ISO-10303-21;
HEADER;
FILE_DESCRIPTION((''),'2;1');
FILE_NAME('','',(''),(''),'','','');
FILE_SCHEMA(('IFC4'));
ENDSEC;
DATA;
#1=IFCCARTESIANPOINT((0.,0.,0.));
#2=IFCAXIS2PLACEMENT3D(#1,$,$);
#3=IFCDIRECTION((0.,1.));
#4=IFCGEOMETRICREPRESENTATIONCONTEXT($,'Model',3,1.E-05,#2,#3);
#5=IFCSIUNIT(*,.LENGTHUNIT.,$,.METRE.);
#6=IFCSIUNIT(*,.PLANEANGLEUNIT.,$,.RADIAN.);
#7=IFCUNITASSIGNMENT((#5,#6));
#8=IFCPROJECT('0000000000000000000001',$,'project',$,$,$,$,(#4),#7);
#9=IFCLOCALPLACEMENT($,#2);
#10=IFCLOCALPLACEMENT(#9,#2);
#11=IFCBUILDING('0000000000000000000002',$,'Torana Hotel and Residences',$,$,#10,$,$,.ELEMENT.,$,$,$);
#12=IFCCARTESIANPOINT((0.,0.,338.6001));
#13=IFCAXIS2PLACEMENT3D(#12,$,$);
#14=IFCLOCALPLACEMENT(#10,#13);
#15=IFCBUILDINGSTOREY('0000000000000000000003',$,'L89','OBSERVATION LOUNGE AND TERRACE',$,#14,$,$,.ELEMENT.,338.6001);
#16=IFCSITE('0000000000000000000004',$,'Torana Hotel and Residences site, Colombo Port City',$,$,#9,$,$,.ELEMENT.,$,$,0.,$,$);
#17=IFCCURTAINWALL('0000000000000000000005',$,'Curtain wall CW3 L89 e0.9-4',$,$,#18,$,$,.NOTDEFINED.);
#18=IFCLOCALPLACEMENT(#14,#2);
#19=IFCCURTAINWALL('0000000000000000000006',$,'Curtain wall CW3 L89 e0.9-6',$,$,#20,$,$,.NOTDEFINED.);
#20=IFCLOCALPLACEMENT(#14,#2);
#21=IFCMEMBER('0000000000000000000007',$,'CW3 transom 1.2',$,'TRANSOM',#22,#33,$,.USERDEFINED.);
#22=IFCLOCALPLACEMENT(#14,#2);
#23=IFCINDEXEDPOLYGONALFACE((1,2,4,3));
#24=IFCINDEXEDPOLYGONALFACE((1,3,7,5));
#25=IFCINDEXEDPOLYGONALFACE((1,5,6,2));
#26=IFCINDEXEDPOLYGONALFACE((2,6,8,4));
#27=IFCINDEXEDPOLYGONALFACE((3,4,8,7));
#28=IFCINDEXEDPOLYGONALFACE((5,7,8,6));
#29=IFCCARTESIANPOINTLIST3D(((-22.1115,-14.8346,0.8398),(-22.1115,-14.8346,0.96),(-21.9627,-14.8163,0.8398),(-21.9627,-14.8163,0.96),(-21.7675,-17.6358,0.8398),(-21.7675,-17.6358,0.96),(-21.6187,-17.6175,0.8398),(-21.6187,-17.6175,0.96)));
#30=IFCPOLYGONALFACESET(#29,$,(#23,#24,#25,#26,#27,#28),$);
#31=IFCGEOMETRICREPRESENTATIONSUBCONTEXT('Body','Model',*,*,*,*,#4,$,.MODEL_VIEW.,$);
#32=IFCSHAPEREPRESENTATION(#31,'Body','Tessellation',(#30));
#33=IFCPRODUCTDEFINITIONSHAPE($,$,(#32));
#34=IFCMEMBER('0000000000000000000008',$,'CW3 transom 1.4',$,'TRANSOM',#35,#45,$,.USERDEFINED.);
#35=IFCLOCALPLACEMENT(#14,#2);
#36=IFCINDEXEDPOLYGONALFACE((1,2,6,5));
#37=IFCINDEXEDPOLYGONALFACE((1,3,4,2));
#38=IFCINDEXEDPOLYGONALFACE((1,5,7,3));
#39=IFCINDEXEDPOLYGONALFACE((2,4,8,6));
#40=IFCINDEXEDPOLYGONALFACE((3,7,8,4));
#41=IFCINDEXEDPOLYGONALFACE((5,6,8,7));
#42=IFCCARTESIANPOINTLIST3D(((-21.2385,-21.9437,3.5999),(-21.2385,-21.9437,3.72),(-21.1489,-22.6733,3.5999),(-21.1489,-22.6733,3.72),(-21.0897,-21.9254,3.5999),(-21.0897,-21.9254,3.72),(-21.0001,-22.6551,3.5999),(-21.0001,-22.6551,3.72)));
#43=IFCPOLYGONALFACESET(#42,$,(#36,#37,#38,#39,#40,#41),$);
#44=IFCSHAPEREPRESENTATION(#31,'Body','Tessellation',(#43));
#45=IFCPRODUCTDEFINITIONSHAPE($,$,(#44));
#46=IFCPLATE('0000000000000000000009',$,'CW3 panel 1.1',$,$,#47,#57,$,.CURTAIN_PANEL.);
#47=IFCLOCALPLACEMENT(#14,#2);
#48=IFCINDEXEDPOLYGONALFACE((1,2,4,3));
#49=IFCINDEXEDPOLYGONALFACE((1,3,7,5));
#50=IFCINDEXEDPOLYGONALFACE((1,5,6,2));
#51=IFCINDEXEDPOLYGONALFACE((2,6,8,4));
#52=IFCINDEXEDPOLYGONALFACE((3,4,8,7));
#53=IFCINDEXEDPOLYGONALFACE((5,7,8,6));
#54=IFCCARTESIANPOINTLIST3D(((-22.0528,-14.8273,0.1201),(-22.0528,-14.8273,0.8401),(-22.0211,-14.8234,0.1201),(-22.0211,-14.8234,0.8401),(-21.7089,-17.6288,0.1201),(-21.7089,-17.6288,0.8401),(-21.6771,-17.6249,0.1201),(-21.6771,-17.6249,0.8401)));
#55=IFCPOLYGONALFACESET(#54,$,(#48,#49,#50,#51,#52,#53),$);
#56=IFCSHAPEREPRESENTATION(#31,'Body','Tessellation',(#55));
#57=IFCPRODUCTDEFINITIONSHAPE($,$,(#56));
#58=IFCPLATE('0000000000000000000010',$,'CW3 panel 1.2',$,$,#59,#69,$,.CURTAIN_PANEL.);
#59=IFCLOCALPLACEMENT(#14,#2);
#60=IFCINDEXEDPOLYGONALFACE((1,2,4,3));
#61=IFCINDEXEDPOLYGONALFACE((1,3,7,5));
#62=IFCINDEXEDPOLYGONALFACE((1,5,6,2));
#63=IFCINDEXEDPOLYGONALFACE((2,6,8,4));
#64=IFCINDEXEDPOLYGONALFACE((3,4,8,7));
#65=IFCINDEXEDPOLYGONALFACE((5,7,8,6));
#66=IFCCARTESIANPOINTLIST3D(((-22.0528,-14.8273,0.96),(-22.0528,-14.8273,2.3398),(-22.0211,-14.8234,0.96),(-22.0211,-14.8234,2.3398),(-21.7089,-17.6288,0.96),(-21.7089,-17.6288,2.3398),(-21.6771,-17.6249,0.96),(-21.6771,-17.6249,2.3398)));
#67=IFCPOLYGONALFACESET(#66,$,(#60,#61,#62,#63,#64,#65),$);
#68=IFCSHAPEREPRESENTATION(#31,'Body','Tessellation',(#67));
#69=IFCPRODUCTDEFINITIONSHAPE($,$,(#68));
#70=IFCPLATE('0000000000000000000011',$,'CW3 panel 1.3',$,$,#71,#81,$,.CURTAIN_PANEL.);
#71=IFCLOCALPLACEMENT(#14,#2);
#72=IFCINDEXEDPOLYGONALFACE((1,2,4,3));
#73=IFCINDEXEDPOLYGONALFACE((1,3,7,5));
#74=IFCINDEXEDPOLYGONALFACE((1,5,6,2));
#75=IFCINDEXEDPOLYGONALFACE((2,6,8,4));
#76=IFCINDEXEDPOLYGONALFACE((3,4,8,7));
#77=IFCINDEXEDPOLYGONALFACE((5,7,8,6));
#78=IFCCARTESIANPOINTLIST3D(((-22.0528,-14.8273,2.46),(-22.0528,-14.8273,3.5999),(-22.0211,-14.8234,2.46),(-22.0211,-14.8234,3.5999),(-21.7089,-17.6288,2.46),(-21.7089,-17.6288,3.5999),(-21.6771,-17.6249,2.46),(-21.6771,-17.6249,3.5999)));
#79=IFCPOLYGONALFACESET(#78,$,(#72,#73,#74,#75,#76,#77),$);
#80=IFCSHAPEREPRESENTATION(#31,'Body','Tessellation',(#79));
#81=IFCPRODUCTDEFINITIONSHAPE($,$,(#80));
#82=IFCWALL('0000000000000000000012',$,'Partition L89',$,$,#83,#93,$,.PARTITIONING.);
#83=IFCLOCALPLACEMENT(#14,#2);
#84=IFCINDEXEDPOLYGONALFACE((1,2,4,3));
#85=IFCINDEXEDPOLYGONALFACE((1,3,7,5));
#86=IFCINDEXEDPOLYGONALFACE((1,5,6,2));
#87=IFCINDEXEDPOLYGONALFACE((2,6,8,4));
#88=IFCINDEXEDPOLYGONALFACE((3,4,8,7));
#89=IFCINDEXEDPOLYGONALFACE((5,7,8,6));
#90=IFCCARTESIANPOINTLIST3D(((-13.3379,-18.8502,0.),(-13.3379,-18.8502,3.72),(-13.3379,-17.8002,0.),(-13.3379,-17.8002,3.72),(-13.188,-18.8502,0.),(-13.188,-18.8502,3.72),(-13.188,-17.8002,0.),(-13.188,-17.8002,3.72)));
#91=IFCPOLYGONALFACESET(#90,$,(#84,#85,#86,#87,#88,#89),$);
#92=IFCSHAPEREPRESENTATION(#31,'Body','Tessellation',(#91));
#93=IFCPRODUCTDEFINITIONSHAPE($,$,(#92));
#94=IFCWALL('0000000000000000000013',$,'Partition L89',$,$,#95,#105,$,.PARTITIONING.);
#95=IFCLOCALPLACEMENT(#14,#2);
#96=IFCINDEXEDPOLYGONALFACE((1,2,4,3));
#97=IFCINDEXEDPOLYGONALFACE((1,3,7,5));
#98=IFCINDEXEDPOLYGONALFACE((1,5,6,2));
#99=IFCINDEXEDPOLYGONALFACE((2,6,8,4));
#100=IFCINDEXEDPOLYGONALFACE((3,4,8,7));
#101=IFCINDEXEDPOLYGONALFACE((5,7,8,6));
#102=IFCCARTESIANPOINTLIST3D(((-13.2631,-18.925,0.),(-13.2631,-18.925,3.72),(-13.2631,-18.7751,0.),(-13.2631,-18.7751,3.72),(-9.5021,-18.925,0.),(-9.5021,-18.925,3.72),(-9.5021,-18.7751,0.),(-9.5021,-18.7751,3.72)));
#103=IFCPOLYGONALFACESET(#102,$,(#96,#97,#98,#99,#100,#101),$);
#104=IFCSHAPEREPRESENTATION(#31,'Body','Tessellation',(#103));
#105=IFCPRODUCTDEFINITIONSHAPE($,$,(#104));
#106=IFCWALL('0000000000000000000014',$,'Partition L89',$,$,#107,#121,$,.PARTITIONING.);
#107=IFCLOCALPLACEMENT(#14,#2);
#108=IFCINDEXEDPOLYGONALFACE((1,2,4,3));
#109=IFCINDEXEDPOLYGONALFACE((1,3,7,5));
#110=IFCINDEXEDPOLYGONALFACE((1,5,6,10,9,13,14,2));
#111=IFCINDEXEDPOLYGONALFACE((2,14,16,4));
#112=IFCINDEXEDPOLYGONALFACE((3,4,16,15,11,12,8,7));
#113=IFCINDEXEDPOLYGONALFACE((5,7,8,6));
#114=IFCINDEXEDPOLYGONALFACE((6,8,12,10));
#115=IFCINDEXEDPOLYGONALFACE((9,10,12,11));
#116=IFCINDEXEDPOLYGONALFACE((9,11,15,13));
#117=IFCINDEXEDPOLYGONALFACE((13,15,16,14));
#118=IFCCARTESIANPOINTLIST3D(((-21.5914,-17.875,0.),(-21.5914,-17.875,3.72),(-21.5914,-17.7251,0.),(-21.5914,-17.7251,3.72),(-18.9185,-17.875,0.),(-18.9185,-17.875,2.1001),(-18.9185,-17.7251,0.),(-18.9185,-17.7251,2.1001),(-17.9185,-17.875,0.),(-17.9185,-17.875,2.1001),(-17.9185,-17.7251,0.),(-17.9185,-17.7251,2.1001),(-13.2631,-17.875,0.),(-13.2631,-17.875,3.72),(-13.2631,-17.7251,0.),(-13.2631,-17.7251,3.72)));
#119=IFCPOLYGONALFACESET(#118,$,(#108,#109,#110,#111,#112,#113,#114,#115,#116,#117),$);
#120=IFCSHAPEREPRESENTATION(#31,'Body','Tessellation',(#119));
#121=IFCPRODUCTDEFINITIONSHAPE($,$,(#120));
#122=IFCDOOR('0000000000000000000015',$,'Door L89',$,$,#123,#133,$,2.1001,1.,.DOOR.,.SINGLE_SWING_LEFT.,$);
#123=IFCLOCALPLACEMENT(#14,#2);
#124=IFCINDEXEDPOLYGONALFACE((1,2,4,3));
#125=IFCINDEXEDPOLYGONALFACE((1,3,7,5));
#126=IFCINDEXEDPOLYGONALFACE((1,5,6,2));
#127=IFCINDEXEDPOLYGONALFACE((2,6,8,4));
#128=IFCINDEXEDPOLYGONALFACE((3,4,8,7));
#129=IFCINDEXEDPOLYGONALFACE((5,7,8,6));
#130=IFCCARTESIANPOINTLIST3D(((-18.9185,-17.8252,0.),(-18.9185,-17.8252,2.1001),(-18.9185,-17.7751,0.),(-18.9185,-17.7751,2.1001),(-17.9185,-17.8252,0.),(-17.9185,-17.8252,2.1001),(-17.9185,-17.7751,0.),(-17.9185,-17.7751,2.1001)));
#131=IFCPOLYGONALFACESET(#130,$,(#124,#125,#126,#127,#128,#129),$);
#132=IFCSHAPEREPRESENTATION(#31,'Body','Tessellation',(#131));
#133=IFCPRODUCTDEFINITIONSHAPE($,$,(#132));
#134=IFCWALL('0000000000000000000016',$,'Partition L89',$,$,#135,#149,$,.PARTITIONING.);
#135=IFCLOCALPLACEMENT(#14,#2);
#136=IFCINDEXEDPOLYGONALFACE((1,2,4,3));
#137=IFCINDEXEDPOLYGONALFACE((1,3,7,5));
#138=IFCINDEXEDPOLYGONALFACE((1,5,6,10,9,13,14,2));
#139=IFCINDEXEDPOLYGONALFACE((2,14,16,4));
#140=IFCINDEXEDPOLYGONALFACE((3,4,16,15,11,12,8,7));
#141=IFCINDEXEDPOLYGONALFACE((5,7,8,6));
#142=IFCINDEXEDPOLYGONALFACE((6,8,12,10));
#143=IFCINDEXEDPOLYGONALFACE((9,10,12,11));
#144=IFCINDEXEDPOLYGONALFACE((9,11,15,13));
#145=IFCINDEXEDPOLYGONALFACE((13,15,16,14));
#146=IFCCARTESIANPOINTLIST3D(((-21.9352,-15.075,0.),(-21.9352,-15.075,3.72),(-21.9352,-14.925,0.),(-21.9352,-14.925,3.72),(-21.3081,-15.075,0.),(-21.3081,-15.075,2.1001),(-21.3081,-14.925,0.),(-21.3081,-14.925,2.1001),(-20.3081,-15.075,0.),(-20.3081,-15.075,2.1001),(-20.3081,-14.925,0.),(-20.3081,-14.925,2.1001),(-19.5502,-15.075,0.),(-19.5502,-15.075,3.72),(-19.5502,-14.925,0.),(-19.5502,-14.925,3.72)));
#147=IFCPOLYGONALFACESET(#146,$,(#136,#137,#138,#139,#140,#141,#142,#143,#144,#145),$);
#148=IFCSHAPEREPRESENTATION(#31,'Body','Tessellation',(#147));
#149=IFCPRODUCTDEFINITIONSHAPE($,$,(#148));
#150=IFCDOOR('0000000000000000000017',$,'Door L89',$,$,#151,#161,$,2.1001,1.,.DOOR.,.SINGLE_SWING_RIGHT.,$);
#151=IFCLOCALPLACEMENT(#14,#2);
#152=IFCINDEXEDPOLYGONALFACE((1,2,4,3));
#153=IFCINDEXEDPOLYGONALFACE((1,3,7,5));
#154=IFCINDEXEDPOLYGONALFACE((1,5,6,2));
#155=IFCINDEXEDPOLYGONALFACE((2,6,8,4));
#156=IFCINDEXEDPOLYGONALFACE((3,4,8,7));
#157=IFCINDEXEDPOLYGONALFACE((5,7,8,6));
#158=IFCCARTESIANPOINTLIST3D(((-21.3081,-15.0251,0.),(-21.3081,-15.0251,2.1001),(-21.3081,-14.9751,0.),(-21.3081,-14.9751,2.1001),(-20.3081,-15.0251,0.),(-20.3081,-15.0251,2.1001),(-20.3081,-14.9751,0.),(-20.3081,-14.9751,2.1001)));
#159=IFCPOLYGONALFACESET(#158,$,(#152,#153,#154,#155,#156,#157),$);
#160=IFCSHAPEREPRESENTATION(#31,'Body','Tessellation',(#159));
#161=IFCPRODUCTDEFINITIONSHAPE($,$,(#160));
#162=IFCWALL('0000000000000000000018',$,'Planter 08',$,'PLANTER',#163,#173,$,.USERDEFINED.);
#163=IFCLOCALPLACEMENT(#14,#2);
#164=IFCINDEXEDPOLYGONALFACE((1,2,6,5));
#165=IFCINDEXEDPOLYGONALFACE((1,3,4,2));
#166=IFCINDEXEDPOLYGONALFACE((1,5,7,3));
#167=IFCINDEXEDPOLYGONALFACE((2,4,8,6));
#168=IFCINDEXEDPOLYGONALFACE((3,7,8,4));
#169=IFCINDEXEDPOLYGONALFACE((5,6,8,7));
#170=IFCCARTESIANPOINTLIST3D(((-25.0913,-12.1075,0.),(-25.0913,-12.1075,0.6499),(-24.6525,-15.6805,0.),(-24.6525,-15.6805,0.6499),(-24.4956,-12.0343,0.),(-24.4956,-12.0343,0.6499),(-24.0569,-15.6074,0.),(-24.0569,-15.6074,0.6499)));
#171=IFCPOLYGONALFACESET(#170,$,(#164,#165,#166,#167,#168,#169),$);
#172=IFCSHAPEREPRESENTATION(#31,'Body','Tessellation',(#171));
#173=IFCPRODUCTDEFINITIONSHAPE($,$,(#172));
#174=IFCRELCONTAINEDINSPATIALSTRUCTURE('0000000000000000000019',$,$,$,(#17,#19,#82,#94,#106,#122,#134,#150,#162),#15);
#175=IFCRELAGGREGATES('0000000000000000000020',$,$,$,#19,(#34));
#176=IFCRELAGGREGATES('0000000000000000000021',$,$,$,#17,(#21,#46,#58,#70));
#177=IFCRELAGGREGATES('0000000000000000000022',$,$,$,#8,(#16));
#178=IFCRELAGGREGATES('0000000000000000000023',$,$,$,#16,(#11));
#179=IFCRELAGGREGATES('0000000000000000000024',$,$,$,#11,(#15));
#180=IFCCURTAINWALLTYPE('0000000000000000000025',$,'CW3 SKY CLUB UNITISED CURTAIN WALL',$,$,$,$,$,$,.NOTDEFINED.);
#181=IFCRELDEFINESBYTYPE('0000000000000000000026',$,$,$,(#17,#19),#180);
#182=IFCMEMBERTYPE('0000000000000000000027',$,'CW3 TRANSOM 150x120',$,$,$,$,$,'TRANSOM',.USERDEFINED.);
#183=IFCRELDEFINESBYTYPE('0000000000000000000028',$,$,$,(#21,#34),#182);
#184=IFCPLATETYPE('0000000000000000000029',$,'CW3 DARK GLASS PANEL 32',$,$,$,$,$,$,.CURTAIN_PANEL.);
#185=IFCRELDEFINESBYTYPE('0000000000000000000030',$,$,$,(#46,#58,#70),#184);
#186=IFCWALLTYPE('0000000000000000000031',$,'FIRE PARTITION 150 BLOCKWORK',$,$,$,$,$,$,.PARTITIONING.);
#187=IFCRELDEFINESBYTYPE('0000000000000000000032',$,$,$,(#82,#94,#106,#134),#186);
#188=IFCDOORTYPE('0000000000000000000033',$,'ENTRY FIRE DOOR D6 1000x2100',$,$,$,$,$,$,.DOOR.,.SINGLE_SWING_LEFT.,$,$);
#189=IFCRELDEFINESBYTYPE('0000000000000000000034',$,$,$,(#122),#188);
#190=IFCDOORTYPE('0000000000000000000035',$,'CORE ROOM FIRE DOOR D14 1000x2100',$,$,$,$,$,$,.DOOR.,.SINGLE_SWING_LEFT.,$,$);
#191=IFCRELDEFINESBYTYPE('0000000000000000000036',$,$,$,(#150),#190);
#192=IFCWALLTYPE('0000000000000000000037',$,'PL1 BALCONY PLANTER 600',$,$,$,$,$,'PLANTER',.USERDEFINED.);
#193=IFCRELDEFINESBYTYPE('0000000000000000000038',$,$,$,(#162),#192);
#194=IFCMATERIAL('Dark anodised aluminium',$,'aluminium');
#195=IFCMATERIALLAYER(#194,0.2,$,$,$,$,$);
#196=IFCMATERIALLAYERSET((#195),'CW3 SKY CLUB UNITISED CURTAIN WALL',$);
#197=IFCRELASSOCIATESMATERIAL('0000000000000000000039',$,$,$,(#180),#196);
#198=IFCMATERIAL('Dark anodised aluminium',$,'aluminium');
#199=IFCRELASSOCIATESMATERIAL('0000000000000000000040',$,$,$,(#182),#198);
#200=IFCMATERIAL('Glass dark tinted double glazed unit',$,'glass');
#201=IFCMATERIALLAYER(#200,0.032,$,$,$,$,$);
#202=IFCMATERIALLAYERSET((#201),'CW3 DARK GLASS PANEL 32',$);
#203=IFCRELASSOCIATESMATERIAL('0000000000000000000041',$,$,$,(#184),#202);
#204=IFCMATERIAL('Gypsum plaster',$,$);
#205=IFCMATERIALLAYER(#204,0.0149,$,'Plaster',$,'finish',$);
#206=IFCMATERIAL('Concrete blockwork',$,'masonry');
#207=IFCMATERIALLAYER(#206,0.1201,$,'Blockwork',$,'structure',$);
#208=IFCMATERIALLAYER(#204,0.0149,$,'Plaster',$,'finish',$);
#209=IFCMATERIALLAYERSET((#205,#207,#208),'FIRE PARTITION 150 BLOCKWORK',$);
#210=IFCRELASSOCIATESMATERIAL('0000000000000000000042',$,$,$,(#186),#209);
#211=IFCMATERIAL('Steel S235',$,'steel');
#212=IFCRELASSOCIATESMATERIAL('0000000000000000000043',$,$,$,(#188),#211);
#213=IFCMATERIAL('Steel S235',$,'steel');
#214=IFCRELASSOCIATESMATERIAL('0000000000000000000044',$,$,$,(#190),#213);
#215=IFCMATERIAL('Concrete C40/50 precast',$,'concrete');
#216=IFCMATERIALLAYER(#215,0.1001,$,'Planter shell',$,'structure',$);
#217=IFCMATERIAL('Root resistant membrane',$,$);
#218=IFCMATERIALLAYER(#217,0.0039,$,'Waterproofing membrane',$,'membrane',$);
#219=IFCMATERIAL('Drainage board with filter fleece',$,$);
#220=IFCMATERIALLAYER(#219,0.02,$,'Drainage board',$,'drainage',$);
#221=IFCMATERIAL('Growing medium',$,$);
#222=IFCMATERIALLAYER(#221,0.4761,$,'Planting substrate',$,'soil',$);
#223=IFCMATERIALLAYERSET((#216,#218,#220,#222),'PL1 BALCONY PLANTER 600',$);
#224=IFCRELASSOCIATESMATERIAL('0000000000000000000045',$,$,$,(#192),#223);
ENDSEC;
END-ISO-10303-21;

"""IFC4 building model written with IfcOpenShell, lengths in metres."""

from ifc_helpers import new_model, si_unit, direction, frame, frame_2d, origin, origin_2d, place, context, subcontext, project, spatial, rectangle, extrude, material, layer, layer_set, material_profile, profile_set, type_object, element, fill, aggregate, save


model = new_model("IFC4")

# Units and contexts
model_context = context("Model", 3, precision=1e-05, world=origin(), true_north=direction((0.0, 1.0)))
body_context = subcontext(model_context, "Body", "Model", "MODEL_VIEW")
ifc_project = project(units=[si_unit("LENGTHUNIT", "METRE"), si_unit("PLANEANGLEUNIT", "RADIAN")], contexts=[model_context])

# Site, building, storey
site_placement = place(None, origin())
site = spatial("IfcSite", under=ifc_project, at=site_placement, Name="Torana Hotel and Residences site, Colombo Port City", CompositionType="ELEMENT", RefElevation=0.0)
building_placement = place(site_placement, origin())
building = spatial("IfcBuilding", under=site, at=building_placement, Name="Torana Hotel and Residences", CompositionType="ELEMENT")
storey_placement = place(building_placement, frame((0.0, 0.0, 338.6001)))
storey = spatial("IfcBuildingStorey", under=building, at=storey_placement, Name="L89", Description="OBSERVATION LOUNGE AND TERRACE", CompositionType="ELEMENT", Elevation=338.6001)

# Curtain walls
ifc_material_1 = material(Name="Dark anodised aluminium", Category="aluminium")
ifc_layer_1 = layer(ifc_material_1, 0.2)
ifc_layer_set_1 = layer_set([ifc_layer_1], Name="CW3 SKY CLUB UNITISED CURTAIN WALL")
curtain_wall_type = type_object("IfcCurtainWallType", Name="CW3 SKY CLUB UNITISED CURTAIN WALL", PredefinedType="NOTDEFINED", material=ifc_layer_set_1)
curtain_wall_1_placement = place(storey_placement, origin())
curtain_wall_1 = element("IfcCurtainWall", 1, at=curtain_wall_1_placement, inside=storey, type_object=curtain_wall_type, Name="Curtain wall CW3 L89 e0.9-4", PredefinedType="NOTDEFINED")
curtain_wall_2_placement = place(storey_placement, origin())
curtain_wall_2 = element("IfcCurtainWall", 2, at=curtain_wall_2_placement, inside=storey, type_object=curtain_wall_type, Name="Curtain wall CW3 L89 e0.9-6", PredefinedType="NOTDEFINED")

# Members
ifc_material_2 = material(Name="Dark anodised aluminium", Category="aluminium")
ifc_material_profile_1 = material_profile(ifc_material_2, rectangle(XDim=0.1499, YDim=0.1201, at=origin_2d()), Name="CW3 TRANSOM 150x120")
ifc_profile_set_1 = profile_set([ifc_material_profile_1], Name="Dark anodised aluminium")
member_type_1 = type_object("IfcMemberType", Name="CW3 TRANSOM 150x120", ElementType="TRANSOM", PredefinedType="USERDEFINED", material=ifc_profile_set_1)
member_1_placement = place(storey_placement, frame((-22.0371, -14.8254, 0.8999), z_axis=(0.121884, -0.992544, 0.0), x_axis=(0.992544, 0.121884, 0.0)))
member_1 = element("IfcMember", 3, at=member_1_placement, type_object=member_type_1, Name="CW3 transom 1.2", ObjectType="TRANSOM", PredefinedType="USERDEFINED", context=body_context, shape_type="SweptSolid", body=[
    extrude(rectangle(XDim=0.1499, YDim=0.1201, at=origin_2d()), origin(), (0.0, 0.0, 1.0), 2.8223),
])
member_2_placement = place(storey_placement, frame((-21.1641, -21.9346, 3.6599), z_axis=(0.121868, -0.992546, 0.0), x_axis=(0.992546, 0.121868, 0.0)))
member_2 = element("IfcMember", 4, at=member_2_placement, type_object=member_type_1, Name="CW3 transom 1.4", ObjectType="TRANSOM", PredefinedType="USERDEFINED", context=body_context, shape_type="SweptSolid", body=[
    extrude(rectangle(XDim=0.1499, YDim=0.1201, at=origin_2d()), origin(), (0.0, 0.0, 1.0), 0.7351),
])
aggregate(curtain_wall_2, [member_2])

# Plates
ifc_material_3 = material(Name="Glass dark tinted double glazed unit", Category="glass")
ifc_layer_2 = layer(ifc_material_3, 0.032)
ifc_layer_set_2 = layer_set([ifc_layer_2], Name="CW3 DARK GLASS PANEL 32")
plate_type = type_object("IfcPlateType", Name="CW3 DARK GLASS PANEL 32", PredefinedType="CURTAIN_PANEL", material=ifc_layer_set_2)
plate_1_placement = place(storey_placement, frame((-21.865, -16.2261, 0.1201), z_axis=(0.0, 0.0, 1.0), x_axis=(0.121857, -0.992548, 0.0)))
plate_1 = element("IfcPlate", 5, at=plate_1_placement, type_object=plate_type, Name="CW3 panel 1.1", PredefinedType="CURTAIN_PANEL", context=body_context, shape_type="SweptSolid", body=[
    extrude(rectangle(XDim=2.8225, YDim=0.032, at=origin_2d()), origin(), (0.0, 0.0, 1.0), 0.72),
])
plate_2_placement = place(storey_placement, frame((-21.865, -16.2261, 0.96), z_axis=(0.0, 0.0, 1.0), x_axis=(0.121857, -0.992548, 0.0)))
plate_2 = element("IfcPlate", 6, at=plate_2_placement, type_object=plate_type, Name="CW3 panel 1.2", PredefinedType="CURTAIN_PANEL", context=body_context, shape_type="SweptSolid", body=[
    extrude(rectangle(XDim=2.8225, YDim=0.032, at=origin_2d()), origin(), (0.0, 0.0, 1.0), 1.3799),
])
plate_3_placement = place(storey_placement, frame((-21.865, -16.2261, 2.46), z_axis=(0.0, 0.0, 1.0), x_axis=(0.121857, -0.992548, 0.0)))
plate_3 = element("IfcPlate", 7, at=plate_3_placement, type_object=plate_type, Name="CW3 panel 1.3", PredefinedType="CURTAIN_PANEL", context=body_context, shape_type="SweptSolid", body=[
    extrude(rectangle(XDim=2.8225, YDim=0.032, at=origin_2d()), origin(), (0.0, 0.0, 1.0), 1.1399),
])
aggregate(curtain_wall_1, [member_1, plate_1, plate_2, plate_3])

# Walls
ifc_material_4 = material(Name="Gypsum plaster")
ifc_layer_3 = layer(ifc_material_4, 0.0149, Name="Plaster", Category="finish")
ifc_material_5 = material(Name="Concrete blockwork", Category="masonry")
ifc_layer_4 = layer(ifc_material_5, 0.1201, Name="Blockwork", Category="structure")
ifc_layer_5 = layer(ifc_material_4, 0.0149, Name="Plaster", Category="finish")
ifc_layer_set_3 = layer_set([ifc_layer_3, ifc_layer_4, ifc_layer_5], Name="FIRE PARTITION 150 BLOCKWORK")
wall_type_1 = type_object("IfcWallType", Name="FIRE PARTITION 150 BLOCKWORK", PredefinedType="PARTITIONING", material=ifc_layer_set_3)
wall_1_placement = place(storey_placement, frame((-13.2629, -18.8501, 0.0), z_axis=(0.0, 0.0, 1.0), x_axis=(0.0, 1.0, 0.0)))
element("IfcWall", 8, at=wall_1_placement, inside=storey, type_object=wall_type_1, Name="Partition L89", PredefinedType="PARTITIONING", context=body_context, shape_type="SweptSolid", body=[
    extrude(rectangle(XDim=1.05, YDim=0.1499, at=frame_2d((0.5249, 0.0))), origin(), (0.0, 0.0, 1.0), 3.72),
])
wall_2_placement = place(storey_placement, frame((-13.2629, -18.8501, 0.0), z_axis=(0.0, 0.0, 1.0), x_axis=(1.0, 0.0, 0.0)))
element("IfcWall", 9, at=wall_2_placement, inside=storey, type_object=wall_type_1, Name="Partition L89", PredefinedType="PARTITIONING", context=body_context, shape_type="SweptSolid", body=[
    extrude(rectangle(XDim=3.761, YDim=0.1499, at=frame_2d((1.8804, 0.0))), origin(), (0.0, 0.0, 1.0), 3.72),
])

# Walls, openings, doors
wall_3_placement = place(storey_placement, frame((-21.5913, -17.8, 0.0), z_axis=(0.0, 0.0, 1.0), x_axis=(1.0, 0.0, 0.0)))
wall_3 = element("IfcWall", 10, at=wall_3_placement, inside=storey, type_object=wall_type_1, Name="Partition L89", PredefinedType="PARTITIONING", context=body_context, shape_type="SweptSolid", body=[
    extrude(rectangle(XDim=8.3284, YDim=0.1499, at=frame_2d((4.1641, 0.0))), origin(), (0.0, 0.0, 1.0), 3.72),
])
opening_1_placement = place(wall_3_placement, frame((2.6729, 0.0, 0.0)))
opening_1 = element("IfcOpeningElement", 11, at=opening_1_placement, cuts=wall_3, PredefinedType="OPENING", context=body_context, shape_type="SweptSolid", body=[
    extrude(rectangle(XDim=1.0, YDim=2.1001, at=frame_2d((0.5, 1.05))), frame((0.0, 0.085, 0.0), z_axis=(0.0, -1.0, 0.0), x_axis=(1.0, 0.0, 0.0)), (0.0, 0.0, 1.0), 0.1699),
])
ifc_material_6 = material(Name="Steel S235", Category="steel")
door_type_1 = type_object("IfcDoorType", Name="ENTRY FIRE DOOR D6 1000x2100", OperationType="SINGLE_SWING_LEFT", PredefinedType="DOOR", material=ifc_material_6)
door_1_placement = place(opening_1_placement, frame((0.5, 0.0, 0.0), z_axis=(0.0, 0.0, 1.0), x_axis=(-1.0, 0.0, 0.0)))
door_1 = element("IfcDoor", 12, at=door_1_placement, inside=storey, type_object=door_type_1, Name="Door L89", OperationType="SINGLE_SWING_LEFT", OverallHeight=2.1001, OverallWidth=1.0, PredefinedType="DOOR", context=body_context, shape_type="SweptSolid", body=[
    extrude(rectangle(XDim=1.0, YDim=2.1001, at=frame_2d((0.0, 1.05))), frame((0.0, -0.0249, 0.0), z_axis=(0.0, 1.0, 0.0), x_axis=(-1.0, 0.0, 0.0)), (0.0, 0.0, 1.0), 0.05),
])
fill(opening_1, door_1)
wall_4_placement = place(storey_placement, frame((-21.9351, -15.0, 0.0), z_axis=(0.0, 0.0, 1.0), x_axis=(1.0, 0.0, 0.0)))
wall_4 = element("IfcWall", 13, at=wall_4_placement, inside=storey, type_object=wall_type_1, Name="Partition L89", PredefinedType="PARTITIONING", context=body_context, shape_type="SweptSolid", body=[
    extrude(rectangle(XDim=2.385, YDim=0.1499, at=frame_2d((1.1924, 0.0))), origin(), (0.0, 0.0, 1.0), 3.72),
])
opening_2_placement = place(wall_4_placement, frame((0.627, 0.0, 0.0)))
opening_2 = element("IfcOpeningElement", 14, at=opening_2_placement, cuts=wall_4, PredefinedType="OPENING", context=body_context, shape_type="SweptSolid", body=[
    extrude(rectangle(XDim=1.0, YDim=2.1001, at=frame_2d((0.5, 1.05))), frame((0.0, 0.085, 0.0), z_axis=(0.0, -1.0, 0.0), x_axis=(1.0, 0.0, 0.0)), (0.0, 0.0, 1.0), 0.1699),
])
ifc_material_7 = material(Name="Steel S235", Category="steel")
door_type_2 = type_object("IfcDoorType", Name="CORE ROOM FIRE DOOR D14 1000x2100", OperationType="SINGLE_SWING_LEFT", PredefinedType="DOOR", material=ifc_material_7)
door_2_placement = place(opening_2_placement, origin())
door_2 = element("IfcDoor", 15, at=door_2_placement, inside=storey, type_object=door_type_2, Name="Door L89", OperationType="SINGLE_SWING_RIGHT", OverallHeight=2.1001, OverallWidth=1.0, PredefinedType="DOOR", context=body_context, shape_type="SweptSolid", body=[
    extrude(rectangle(XDim=1.0, YDim=2.1001, at=frame_2d((0.5, 1.05))), frame((0.0, 0.0249, 0.0), z_axis=(0.0, -1.0, 0.0), x_axis=(1.0, 0.0, 0.0)), (0.0, 0.0, 1.0), 0.05),
])
fill(opening_2, door_2)

# Wall
ifc_material_8 = material(Name="Concrete C40/50 precast", Category="concrete")
ifc_layer_6 = layer(ifc_material_8, 0.1001, Name="Planter shell", Category="structure")
ifc_material_9 = material(Name="Root resistant membrane")
ifc_layer_7 = layer(ifc_material_9, 0.0039, Name="Waterproofing membrane", Category="membrane")
ifc_material_10 = material(Name="Drainage board with filter fleece")
ifc_layer_8 = layer(ifc_material_10, 0.02, Name="Drainage board", Category="drainage")
ifc_material_11 = material(Name="Growing medium")
ifc_layer_9 = layer(ifc_material_11, 0.4761, Name="Planting substrate", Category="soil")
ifc_layer_set_4 = layer_set([ifc_layer_6, ifc_layer_7, ifc_layer_8, ifc_layer_9], Name="PL1 BALCONY PLANTER 600")
wall_type_2 = type_object("IfcWallType", Name="PL1 BALCONY PLANTER 600", ElementType="PLANTER", PredefinedType="USERDEFINED", material=ifc_layer_set_4)
wall_5_placement = place(storey_placement, frame((-24.3547, -15.6438, 0.0), z_axis=(0.0, 0.0, 1.0), x_axis=(-0.121873, 0.992546, 0.0)))
element("IfcWall", 16, at=wall_5_placement, inside=storey, type_object=wall_type_2, Name="Planter 08", ObjectType="PLANTER", PredefinedType="USERDEFINED", context=body_context, shape_type="SweptSolid", body=[
    extrude(rectangle(XDim=3.5999, YDim=0.6001, at=frame_2d((1.7998, 0.0))), origin(), (0.0, 0.0, 1.0), 0.6499),
])

save(model, "model.ifc")
